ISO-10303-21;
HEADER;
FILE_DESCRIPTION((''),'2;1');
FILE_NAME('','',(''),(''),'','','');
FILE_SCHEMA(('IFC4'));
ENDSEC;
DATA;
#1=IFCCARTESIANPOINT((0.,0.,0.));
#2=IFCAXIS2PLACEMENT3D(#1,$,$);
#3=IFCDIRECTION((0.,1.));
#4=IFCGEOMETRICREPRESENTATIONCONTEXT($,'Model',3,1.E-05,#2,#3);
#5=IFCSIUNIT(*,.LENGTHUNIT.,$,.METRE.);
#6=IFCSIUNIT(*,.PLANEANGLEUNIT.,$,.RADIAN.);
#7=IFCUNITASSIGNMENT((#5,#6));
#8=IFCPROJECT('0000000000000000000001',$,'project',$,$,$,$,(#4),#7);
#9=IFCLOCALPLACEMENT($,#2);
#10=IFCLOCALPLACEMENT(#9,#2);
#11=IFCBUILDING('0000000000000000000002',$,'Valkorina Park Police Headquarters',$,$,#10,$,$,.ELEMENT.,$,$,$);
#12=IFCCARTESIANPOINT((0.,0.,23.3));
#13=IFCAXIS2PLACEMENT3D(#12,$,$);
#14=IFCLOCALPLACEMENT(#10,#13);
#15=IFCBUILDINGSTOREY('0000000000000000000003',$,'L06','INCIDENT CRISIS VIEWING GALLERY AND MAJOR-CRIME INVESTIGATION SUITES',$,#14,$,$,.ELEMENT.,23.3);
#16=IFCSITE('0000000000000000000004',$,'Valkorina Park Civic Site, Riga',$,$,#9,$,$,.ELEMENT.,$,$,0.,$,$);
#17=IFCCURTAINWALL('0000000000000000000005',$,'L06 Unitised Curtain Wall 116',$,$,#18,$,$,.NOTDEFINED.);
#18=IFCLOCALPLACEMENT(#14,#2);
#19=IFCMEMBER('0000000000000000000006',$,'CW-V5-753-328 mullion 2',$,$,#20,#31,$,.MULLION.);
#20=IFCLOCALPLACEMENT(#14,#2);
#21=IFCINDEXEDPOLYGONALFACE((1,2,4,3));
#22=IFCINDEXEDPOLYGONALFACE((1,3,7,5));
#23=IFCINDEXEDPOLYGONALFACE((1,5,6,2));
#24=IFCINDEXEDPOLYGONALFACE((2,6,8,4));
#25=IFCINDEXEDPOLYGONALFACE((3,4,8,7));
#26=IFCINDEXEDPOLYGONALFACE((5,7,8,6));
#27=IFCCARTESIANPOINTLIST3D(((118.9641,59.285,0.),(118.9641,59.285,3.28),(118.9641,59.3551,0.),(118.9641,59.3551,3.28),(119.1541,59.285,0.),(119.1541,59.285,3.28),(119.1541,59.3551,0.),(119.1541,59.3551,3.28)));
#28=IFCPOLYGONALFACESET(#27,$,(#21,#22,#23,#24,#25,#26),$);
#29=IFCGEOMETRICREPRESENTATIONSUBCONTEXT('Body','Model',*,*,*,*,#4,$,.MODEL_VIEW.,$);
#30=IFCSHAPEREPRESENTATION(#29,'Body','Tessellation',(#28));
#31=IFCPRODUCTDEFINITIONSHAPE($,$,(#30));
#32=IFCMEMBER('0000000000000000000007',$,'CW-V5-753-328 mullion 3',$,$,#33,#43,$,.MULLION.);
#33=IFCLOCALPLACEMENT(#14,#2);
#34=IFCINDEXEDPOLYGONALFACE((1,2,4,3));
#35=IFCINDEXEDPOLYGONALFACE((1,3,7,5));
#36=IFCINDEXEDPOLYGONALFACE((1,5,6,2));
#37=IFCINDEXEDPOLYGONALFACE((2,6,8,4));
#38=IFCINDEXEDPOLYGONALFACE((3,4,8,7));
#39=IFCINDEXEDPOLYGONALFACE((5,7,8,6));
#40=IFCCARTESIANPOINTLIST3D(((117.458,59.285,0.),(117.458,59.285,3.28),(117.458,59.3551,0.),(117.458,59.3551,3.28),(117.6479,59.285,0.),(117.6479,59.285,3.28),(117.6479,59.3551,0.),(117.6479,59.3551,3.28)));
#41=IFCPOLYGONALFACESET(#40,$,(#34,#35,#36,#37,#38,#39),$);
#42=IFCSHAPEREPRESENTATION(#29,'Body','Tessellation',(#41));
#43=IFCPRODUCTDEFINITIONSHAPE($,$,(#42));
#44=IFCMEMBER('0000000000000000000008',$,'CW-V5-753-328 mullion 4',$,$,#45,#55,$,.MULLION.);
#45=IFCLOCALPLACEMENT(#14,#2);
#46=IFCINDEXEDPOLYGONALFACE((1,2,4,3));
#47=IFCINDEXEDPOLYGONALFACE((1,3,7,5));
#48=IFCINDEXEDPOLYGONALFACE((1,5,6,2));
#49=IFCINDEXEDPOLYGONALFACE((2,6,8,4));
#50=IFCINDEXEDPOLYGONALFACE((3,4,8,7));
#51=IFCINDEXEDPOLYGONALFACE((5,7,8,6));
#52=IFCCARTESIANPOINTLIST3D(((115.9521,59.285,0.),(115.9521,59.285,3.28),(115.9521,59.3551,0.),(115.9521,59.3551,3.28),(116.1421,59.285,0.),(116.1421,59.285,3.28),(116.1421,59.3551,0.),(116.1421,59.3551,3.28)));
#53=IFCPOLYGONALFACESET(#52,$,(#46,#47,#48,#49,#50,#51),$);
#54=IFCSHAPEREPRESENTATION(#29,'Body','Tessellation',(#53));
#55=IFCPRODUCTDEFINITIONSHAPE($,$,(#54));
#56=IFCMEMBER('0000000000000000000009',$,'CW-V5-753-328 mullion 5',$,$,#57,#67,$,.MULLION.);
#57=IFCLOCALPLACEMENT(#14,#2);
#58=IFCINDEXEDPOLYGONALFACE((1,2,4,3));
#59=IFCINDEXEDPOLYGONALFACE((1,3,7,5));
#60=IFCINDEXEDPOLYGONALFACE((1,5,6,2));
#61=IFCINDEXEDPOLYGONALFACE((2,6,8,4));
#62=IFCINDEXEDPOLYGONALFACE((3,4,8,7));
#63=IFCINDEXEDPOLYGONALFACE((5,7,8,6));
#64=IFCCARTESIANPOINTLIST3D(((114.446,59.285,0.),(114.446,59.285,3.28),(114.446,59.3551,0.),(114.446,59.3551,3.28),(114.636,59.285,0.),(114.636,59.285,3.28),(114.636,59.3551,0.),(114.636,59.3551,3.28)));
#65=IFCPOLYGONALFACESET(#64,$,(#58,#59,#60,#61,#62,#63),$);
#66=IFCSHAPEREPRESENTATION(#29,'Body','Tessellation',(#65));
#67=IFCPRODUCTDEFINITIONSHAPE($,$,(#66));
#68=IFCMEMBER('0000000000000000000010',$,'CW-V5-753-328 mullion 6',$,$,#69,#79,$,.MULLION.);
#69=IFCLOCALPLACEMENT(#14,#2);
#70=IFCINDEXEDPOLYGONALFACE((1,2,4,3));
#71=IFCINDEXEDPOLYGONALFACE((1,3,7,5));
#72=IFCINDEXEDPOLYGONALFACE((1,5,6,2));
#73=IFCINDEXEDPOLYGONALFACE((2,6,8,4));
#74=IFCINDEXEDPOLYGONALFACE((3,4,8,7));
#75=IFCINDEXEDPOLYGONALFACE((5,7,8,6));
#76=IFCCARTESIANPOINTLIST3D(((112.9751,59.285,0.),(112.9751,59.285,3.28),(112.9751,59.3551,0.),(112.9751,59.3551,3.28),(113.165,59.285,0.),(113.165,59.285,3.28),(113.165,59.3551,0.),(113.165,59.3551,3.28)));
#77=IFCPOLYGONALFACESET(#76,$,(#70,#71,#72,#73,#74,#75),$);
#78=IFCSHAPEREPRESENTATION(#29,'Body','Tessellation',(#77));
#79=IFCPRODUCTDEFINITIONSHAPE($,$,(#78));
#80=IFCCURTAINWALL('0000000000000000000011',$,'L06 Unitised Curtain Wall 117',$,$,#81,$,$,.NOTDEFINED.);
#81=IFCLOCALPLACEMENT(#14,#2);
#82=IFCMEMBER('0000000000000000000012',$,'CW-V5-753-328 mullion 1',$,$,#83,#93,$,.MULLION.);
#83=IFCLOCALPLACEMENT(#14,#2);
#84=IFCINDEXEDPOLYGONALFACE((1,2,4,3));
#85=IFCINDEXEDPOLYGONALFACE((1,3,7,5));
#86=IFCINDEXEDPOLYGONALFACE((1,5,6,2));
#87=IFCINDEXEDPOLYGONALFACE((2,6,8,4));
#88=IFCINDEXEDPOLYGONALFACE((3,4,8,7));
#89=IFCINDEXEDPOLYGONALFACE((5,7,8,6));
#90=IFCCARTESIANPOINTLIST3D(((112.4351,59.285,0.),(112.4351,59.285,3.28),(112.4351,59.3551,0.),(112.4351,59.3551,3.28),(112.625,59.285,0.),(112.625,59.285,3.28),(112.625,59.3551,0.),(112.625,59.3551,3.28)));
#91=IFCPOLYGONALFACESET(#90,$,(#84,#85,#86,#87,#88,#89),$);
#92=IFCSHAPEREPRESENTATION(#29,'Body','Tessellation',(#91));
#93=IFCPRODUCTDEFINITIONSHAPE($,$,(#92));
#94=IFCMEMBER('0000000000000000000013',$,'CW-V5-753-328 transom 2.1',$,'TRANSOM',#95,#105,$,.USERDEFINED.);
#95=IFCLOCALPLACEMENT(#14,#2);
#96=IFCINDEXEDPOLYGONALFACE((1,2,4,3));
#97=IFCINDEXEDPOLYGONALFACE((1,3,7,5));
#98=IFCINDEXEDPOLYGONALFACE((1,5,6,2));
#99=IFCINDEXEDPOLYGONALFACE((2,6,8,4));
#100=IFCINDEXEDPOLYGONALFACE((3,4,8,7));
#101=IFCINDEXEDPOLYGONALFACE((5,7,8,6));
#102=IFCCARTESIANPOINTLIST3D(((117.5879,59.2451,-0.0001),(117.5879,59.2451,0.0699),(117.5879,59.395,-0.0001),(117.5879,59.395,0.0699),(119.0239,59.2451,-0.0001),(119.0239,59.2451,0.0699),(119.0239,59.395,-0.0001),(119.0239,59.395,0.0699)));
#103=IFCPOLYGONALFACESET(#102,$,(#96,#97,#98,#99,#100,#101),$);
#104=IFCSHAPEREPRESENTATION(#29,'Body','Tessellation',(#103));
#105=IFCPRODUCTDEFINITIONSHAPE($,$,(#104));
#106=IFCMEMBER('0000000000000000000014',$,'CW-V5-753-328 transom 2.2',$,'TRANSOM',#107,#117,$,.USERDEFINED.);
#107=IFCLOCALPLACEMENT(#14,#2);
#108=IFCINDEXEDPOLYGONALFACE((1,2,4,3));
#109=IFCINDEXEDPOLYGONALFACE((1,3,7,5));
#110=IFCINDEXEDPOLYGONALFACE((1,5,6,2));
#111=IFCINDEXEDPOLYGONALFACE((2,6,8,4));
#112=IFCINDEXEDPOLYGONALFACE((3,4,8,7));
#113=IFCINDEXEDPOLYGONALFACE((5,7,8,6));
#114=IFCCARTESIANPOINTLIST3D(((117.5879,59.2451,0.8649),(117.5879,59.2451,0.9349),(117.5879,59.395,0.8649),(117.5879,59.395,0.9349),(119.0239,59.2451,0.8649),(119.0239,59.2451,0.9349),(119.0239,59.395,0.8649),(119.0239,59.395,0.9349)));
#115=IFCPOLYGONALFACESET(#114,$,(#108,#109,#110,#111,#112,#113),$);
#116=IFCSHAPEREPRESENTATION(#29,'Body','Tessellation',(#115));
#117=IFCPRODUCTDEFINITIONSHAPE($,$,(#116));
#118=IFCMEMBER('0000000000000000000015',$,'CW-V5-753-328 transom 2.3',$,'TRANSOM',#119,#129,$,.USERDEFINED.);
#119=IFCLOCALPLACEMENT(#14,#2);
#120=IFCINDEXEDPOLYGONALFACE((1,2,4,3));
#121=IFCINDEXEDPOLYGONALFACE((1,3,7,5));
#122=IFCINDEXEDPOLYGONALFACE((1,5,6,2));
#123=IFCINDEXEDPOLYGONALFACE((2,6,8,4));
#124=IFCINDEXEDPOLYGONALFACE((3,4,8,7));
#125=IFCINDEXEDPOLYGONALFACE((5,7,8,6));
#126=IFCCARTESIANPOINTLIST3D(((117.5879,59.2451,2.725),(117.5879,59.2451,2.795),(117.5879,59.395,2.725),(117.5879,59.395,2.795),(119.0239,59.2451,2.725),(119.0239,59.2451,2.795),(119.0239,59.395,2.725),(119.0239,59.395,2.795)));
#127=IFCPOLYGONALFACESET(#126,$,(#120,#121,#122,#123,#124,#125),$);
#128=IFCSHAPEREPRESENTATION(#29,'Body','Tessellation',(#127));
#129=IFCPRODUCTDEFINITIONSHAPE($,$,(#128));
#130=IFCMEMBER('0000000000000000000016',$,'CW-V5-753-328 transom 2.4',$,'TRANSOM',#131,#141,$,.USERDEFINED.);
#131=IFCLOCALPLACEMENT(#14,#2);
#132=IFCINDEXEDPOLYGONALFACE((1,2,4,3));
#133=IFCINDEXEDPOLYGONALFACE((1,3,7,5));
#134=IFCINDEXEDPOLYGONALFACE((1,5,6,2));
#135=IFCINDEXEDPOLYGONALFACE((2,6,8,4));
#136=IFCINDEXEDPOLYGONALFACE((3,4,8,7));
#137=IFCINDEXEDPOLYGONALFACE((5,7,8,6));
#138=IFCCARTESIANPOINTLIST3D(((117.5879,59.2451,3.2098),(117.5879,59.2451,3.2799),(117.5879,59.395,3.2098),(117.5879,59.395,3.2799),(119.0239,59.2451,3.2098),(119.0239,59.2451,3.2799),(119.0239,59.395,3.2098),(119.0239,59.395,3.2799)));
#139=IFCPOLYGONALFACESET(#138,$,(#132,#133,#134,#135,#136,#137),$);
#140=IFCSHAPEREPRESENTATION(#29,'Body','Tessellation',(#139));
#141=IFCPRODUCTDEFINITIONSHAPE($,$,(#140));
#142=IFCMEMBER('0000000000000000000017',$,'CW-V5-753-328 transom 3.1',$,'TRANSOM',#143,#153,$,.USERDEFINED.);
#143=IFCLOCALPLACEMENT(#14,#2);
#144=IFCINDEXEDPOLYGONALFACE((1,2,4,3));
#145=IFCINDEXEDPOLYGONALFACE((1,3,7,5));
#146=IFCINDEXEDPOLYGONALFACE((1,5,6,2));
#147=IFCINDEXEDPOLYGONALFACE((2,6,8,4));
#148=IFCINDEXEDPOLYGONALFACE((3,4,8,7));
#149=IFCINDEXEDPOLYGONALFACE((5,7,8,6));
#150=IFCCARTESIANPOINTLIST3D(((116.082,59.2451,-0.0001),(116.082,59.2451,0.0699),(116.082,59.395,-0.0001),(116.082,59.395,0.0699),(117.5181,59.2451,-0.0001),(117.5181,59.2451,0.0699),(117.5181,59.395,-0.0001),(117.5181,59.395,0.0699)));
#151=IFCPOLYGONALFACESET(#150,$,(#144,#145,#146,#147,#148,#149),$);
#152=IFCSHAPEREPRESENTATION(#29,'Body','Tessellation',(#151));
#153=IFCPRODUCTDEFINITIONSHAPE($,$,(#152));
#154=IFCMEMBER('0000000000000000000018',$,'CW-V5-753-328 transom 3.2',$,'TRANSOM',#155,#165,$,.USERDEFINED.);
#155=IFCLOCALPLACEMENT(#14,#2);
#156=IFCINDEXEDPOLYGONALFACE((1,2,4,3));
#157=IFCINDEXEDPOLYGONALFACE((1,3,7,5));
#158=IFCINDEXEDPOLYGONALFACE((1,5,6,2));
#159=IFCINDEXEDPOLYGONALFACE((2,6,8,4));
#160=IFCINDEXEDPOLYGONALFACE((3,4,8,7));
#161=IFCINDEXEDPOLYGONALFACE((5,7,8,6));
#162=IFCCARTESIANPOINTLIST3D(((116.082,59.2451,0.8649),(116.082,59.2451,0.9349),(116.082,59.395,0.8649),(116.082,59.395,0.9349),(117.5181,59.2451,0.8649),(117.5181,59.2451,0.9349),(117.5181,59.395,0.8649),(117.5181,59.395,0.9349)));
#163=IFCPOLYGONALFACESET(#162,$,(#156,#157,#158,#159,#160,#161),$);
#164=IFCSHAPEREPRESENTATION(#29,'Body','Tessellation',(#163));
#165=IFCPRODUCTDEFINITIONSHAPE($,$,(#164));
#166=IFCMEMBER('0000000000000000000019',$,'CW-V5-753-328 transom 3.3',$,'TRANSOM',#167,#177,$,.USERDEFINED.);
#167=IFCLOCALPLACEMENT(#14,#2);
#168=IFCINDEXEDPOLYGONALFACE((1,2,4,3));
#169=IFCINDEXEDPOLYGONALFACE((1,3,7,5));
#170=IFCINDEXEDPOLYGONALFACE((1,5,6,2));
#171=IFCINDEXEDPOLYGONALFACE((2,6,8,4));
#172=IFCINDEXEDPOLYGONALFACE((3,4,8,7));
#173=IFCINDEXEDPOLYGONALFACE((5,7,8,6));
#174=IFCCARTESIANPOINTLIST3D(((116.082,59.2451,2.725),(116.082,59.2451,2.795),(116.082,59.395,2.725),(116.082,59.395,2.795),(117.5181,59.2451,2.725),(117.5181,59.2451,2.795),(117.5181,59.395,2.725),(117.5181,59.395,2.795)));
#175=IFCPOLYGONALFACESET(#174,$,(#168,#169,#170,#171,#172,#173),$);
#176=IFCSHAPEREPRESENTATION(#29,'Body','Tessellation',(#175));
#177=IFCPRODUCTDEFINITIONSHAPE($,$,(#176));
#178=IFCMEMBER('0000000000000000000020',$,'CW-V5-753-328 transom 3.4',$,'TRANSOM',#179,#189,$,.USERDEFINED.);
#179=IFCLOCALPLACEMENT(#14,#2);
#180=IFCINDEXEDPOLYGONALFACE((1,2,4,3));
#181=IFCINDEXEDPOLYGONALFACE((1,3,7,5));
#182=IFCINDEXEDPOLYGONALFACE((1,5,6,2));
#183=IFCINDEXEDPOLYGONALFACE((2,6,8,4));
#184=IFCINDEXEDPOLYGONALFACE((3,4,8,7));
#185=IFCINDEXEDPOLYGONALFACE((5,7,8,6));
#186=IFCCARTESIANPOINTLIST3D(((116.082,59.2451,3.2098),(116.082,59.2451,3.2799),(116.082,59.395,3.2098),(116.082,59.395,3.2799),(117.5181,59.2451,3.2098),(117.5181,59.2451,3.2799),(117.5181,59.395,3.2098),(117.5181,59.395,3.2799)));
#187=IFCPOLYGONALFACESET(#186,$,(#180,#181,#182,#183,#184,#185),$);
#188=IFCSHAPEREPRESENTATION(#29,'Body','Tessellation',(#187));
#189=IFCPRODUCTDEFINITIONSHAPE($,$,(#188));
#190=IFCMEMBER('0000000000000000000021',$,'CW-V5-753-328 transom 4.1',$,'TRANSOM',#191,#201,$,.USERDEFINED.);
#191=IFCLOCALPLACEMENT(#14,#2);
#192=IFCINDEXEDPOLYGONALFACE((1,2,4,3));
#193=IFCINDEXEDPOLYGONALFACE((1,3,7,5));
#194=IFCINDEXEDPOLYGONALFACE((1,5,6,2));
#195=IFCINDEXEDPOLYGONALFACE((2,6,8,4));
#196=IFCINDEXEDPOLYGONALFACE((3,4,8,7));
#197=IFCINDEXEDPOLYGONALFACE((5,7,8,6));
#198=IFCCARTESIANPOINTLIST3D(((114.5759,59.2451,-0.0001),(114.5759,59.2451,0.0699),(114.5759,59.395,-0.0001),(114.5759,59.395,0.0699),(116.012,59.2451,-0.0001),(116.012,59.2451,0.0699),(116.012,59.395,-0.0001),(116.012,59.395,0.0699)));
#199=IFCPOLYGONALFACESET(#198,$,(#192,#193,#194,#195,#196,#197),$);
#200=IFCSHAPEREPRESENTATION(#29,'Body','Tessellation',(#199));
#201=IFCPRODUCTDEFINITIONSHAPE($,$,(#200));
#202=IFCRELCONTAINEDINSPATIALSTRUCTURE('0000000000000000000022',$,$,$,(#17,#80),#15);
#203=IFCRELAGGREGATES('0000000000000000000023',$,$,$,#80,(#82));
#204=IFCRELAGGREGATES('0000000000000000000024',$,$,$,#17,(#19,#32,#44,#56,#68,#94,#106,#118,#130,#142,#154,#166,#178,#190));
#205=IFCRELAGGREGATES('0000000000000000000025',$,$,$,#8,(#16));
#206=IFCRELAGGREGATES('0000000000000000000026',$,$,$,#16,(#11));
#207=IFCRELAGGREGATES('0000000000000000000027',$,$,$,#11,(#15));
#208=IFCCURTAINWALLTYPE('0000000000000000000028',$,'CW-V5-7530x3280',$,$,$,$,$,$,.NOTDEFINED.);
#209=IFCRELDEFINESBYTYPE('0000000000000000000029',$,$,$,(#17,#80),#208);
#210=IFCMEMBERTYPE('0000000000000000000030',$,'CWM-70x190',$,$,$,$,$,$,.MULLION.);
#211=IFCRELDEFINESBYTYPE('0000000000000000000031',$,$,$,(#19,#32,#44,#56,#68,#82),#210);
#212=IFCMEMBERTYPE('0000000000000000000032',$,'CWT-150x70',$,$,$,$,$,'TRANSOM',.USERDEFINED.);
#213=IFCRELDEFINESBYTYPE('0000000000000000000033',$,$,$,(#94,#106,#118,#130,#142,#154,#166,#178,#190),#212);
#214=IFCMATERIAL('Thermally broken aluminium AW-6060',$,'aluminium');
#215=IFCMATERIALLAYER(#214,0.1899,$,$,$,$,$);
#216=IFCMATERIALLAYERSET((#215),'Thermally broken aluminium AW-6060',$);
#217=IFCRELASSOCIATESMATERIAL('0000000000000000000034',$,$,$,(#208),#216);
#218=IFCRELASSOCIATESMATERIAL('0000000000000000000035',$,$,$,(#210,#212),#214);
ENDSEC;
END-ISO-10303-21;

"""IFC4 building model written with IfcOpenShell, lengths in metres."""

from ifc_helpers import new_model, si_unit, direction, frame, origin, origin_2d, place, context, subcontext, project, spatial, rectangle, extrude, material, layer, layer_set, material_profile, profile_set, type_object, element, aggregate, save


model = new_model("IFC4")

# Units and contexts
model_context = context("Model", 3, precision=1e-05, world=origin(), true_north=direction((0.0, 1.0)))
body_context = subcontext(model_context, "Body", "Model", "MODEL_VIEW")
ifc_project = project(units=[si_unit("LENGTHUNIT", "METRE"), si_unit("PLANEANGLEUNIT", "RADIAN")], contexts=[model_context])

# Site, building, storey
site_placement = place(None, origin())
site = spatial("IfcSite", under=ifc_project, at=site_placement, Name="Valkorina Park Civic Site, Riga", CompositionType="ELEMENT", RefElevation=0.0)
building_placement = place(site_placement, origin())
building = spatial("IfcBuilding", under=site, at=building_placement, Name="Valkorina Park Police Headquarters", CompositionType="ELEMENT")
storey_placement = place(building_placement, frame((0.0, 0.0, 23.3)))
storey = spatial("IfcBuildingStorey", under=building, at=storey_placement, Name="L06", Description="INCIDENT CRISIS VIEWING GALLERY AND MAJOR-CRIME INVESTIGATION SUITES", CompositionType="ELEMENT", Elevation=23.3)

# Curtain wall, members
ifc_material_1 = material(Name="Thermally broken aluminium AW-6060", Category="aluminium")
ifc_layer_1 = layer(ifc_material_1, 0.1899)
ifc_layer_set_1 = layer_set([ifc_layer_1], Name="Thermally broken aluminium AW-6060")
curtain_wall_type = type_object("IfcCurtainWallType", Name="CW-V5-7530x3280", PredefinedType="NOTDEFINED", material=ifc_layer_set_1)
curtain_wall_1_placement = place(storey_placement, origin())
curtain_wall_1 = element("IfcCurtainWall", 1, at=curtain_wall_1_placement, inside=storey, type_object=curtain_wall_type, Name="L06 Unitised Curtain Wall 116", PredefinedType="NOTDEFINED")
ifc_material_profile_1 = material_profile(ifc_material_1, rectangle(XDim=0.0701, YDim=0.1899, at=origin_2d()), Name="CWM-02 70x190")
ifc_profile_set_1 = profile_set([ifc_material_profile_1], Name="Thermally broken aluminium AW-6060")
member_type_1 = type_object("IfcMemberType", Name="CWM-70x190", PredefinedType="MULLION", material=ifc_profile_set_1)
member_1_placement = place(storey_placement, frame((119.0591, 59.3201, 0.0), z_axis=(0.0, 0.0, 1.0), x_axis=(0.0, -1.0, 0.0)))
member_1 = element("IfcMember", 2, at=member_1_placement, type_object=member_type_1, Name="CW-V5-753-328 mullion 2", PredefinedType="MULLION", context=body_context, shape_type="SweptSolid", body=[
    extrude(rectangle(XDim=0.0701, YDim=0.1899, at=origin_2d()), origin(), (0.0, 0.0, 1.0), 3.28),
])
member_2_placement = place(storey_placement, frame((117.553, 59.3201, 0.0), z_axis=(0.0, 0.0, 1.0), x_axis=(0.0, -1.0, 0.0)))
member_2 = element("IfcMember", 3, at=member_2_placement, type_object=member_type_1, Name="CW-V5-753-328 mullion 3", PredefinedType="MULLION", context=body_context, shape_type="SweptSolid", body=[
    extrude(rectangle(XDim=0.0701, YDim=0.1899, at=origin_2d()), origin(), (0.0, 0.0, 1.0), 3.28),
])
member_3_placement = place(storey_placement, frame((116.0471, 59.3201, 0.0), z_axis=(0.0, 0.0, 1.0), x_axis=(0.0, -1.0, 0.0)))
member_3 = element("IfcMember", 4, at=member_3_placement, type_object=member_type_1, Name="CW-V5-753-328 mullion 4", PredefinedType="MULLION", context=body_context, shape_type="SweptSolid", body=[
    extrude(rectangle(XDim=0.0701, YDim=0.1899, at=origin_2d()), origin(), (0.0, 0.0, 1.0), 3.28),
])
member_4_placement = place(storey_placement, frame((114.541, 59.3201, 0.0), z_axis=(0.0, 0.0, 1.0), x_axis=(0.0, -1.0, 0.0)))
member_4 = element("IfcMember", 5, at=member_4_placement, type_object=member_type_1, Name="CW-V5-753-328 mullion 5", PredefinedType="MULLION", context=body_context, shape_type="SweptSolid", body=[
    extrude(rectangle(XDim=0.0701, YDim=0.1899, at=origin_2d()), origin(), (0.0, 0.0, 1.0), 3.28),
])
member_5_placement = place(storey_placement, frame((113.0701, 59.3201, 0.0), z_axis=(0.0, 0.0, 1.0), x_axis=(0.0, -1.0, 0.0)))
member_5 = element("IfcMember", 6, at=member_5_placement, type_object=member_type_1, Name="CW-V5-753-328 mullion 6", PredefinedType="MULLION", context=body_context, shape_type="SweptSolid", body=[
    extrude(rectangle(XDim=0.0701, YDim=0.1899, at=origin_2d()), origin(), (0.0, 0.0, 1.0), 3.28),
])

# Curtain wall, member
curtain_wall_2_placement = place(storey_placement, origin())
curtain_wall_2 = element("IfcCurtainWall", 7, at=curtain_wall_2_placement, inside=storey, type_object=curtain_wall_type, Name="L06 Unitised Curtain Wall 117", PredefinedType="NOTDEFINED")
member_6_placement = place(storey_placement, frame((112.53, 59.3201, 0.0), z_axis=(0.0, 0.0, 1.0), x_axis=(0.0, -1.0, 0.0)))
member_6 = element("IfcMember", 8, at=member_6_placement, type_object=member_type_1, Name="CW-V5-753-328 mullion 1", PredefinedType="MULLION", context=body_context, shape_type="SweptSolid", body=[
    extrude(rectangle(XDim=0.0701, YDim=0.1899, at=origin_2d()), origin(), (0.0, 0.0, 1.0), 3.28),
])

# Members
ifc_material_profile_2 = material_profile(ifc_material_1, rectangle(XDim=0.1499, YDim=0.0701, at=origin_2d()), Name="CWT-02 150x70")
ifc_profile_set_2 = profile_set([ifc_material_profile_2], Name="Thermally broken aluminium AW-6060")
member_type_2 = type_object("IfcMemberType", Name="CWT-150x70", ElementType="TRANSOM", PredefinedType="USERDEFINED", material=ifc_profile_set_2)
member_7_placement = place(storey_placement, frame((119.0239, 59.3201, 0.0349), z_axis=(-1.0, 0.0, 0.0), x_axis=(0.0, -1.0, 0.0)))
member_7 = element("IfcMember", 9, at=member_7_placement, type_object=member_type_2, Name="CW-V5-753-328 transom 2.1", ObjectType="TRANSOM", PredefinedType="USERDEFINED", context=body_context, shape_type="SweptSolid", body=[
    extrude(rectangle(XDim=0.1499, YDim=0.0701, at=origin_2d()), origin(), (0.0, 0.0, 1.0), 1.436),
])
member_8_placement = place(storey_placement, frame((119.0239, 59.3201, 0.8999), z_axis=(-1.0, 0.0, 0.0), x_axis=(0.0, -1.0, 0.0)))
member_8 = element("IfcMember", 10, at=member_8_placement, type_object=member_type_2, Name="CW-V5-753-328 transom 2.2", ObjectType="TRANSOM", PredefinedType="USERDEFINED", context=body_context, shape_type="SweptSolid", body=[
    extrude(rectangle(XDim=0.1499, YDim=0.0701, at=origin_2d()), origin(), (0.0, 0.0, 1.0), 1.436),
])
member_9_placement = place(storey_placement, frame((119.0239, 59.3201, 2.76), z_axis=(-1.0, 0.0, 0.0), x_axis=(0.0, -1.0, 0.0)))
member_9 = element("IfcMember", 11, at=member_9_placement, type_object=member_type_2, Name="CW-V5-753-328 transom 2.3", ObjectType="TRANSOM", PredefinedType="USERDEFINED", context=body_context, shape_type="SweptSolid", body=[
    extrude(rectangle(XDim=0.1499, YDim=0.0701, at=origin_2d()), origin(), (0.0, 0.0, 1.0), 1.436),
])
member_10_placement = place(storey_placement, frame((119.0239, 59.3201, 3.2449), z_axis=(-1.0, 0.0, 0.0), x_axis=(0.0, -1.0, 0.0)))
member_10 = element("IfcMember", 12, at=member_10_placement, type_object=member_type_2, Name="CW-V5-753-328 transom 2.4", ObjectType="TRANSOM", PredefinedType="USERDEFINED", context=body_context, shape_type="SweptSolid", body=[
    extrude(rectangle(XDim=0.1499, YDim=0.0701, at=origin_2d()), origin(), (0.0, 0.0, 1.0), 1.436),
])
member_11_placement = place(storey_placement, frame((117.5181, 59.3201, 0.0349), z_axis=(-1.0, 0.0, 0.0), x_axis=(0.0, -1.0, 0.0)))
member_11 = element("IfcMember", 13, at=member_11_placement, type_object=member_type_2, Name="CW-V5-753-328 transom 3.1", ObjectType="TRANSOM", PredefinedType="USERDEFINED", context=body_context, shape_type="SweptSolid", body=[
    extrude(rectangle(XDim=0.1499, YDim=0.0701, at=origin_2d()), origin(), (0.0, 0.0, 1.0), 1.436),
])
member_12_placement = place(storey_placement, frame((117.5181, 59.3201, 0.8999), z_axis=(-1.0, 0.0, 0.0), x_axis=(0.0, -1.0, 0.0)))
member_12 = element("IfcMember", 14, at=member_12_placement, type_object=member_type_2, Name="CW-V5-753-328 transom 3.2", ObjectType="TRANSOM", PredefinedType="USERDEFINED", context=body_context, shape_type="SweptSolid", body=[
    extrude(rectangle(XDim=0.1499, YDim=0.0701, at=origin_2d()), origin(), (0.0, 0.0, 1.0), 1.436),
])
member_13_placement = place(storey_placement, frame((117.5181, 59.3201, 2.76), z_axis=(-1.0, 0.0, 0.0), x_axis=(0.0, -1.0, 0.0)))
member_13 = element("IfcMember", 15, at=member_13_placement, type_object=member_type_2, Name="CW-V5-753-328 transom 3.3", ObjectType="TRANSOM", PredefinedType="USERDEFINED", context=body_context, shape_type="SweptSolid", body=[
    extrude(rectangle(XDim=0.1499, YDim=0.0701, at=origin_2d()), origin(), (0.0, 0.0, 1.0), 1.436),
])
member_14_placement = place(storey_placement, frame((117.5181, 59.3201, 3.2449), z_axis=(-1.0, 0.0, 0.0), x_axis=(0.0, -1.0, 0.0)))
member_14 = element("IfcMember", 16, at=member_14_placement, type_object=member_type_2, Name="CW-V5-753-328 transom 3.4", ObjectType="TRANSOM", PredefinedType="USERDEFINED", context=body_context, shape_type="SweptSolid", body=[
    extrude(rectangle(XDim=0.1499, YDim=0.0701, at=origin_2d()), origin(), (0.0, 0.0, 1.0), 1.436),
])
member_15_placement = place(storey_placement, frame((116.012, 59.3201, 0.0349), z_axis=(-1.0, 0.0, 0.0), x_axis=(0.0, -1.0, 0.0)))
member_15 = element("IfcMember", 17, at=member_15_placement, type_object=member_type_2, Name="CW-V5-753-328 transom 4.1", ObjectType="TRANSOM", PredefinedType="USERDEFINED", context=body_context, shape_type="SweptSolid", body=[
    extrude(rectangle(XDim=0.1499, YDim=0.0701, at=origin_2d()), origin(), (0.0, 0.0, 1.0), 1.436),
])
aggregate(curtain_wall_2, [member_6])

aggregate(curtain_wall_1, [member_1, member_2, member_3, member_4, member_5, member_7, member_8, member_9, member_10, member_11, member_12, member_13, member_14, member_15])

save(model, "model.ifc")
